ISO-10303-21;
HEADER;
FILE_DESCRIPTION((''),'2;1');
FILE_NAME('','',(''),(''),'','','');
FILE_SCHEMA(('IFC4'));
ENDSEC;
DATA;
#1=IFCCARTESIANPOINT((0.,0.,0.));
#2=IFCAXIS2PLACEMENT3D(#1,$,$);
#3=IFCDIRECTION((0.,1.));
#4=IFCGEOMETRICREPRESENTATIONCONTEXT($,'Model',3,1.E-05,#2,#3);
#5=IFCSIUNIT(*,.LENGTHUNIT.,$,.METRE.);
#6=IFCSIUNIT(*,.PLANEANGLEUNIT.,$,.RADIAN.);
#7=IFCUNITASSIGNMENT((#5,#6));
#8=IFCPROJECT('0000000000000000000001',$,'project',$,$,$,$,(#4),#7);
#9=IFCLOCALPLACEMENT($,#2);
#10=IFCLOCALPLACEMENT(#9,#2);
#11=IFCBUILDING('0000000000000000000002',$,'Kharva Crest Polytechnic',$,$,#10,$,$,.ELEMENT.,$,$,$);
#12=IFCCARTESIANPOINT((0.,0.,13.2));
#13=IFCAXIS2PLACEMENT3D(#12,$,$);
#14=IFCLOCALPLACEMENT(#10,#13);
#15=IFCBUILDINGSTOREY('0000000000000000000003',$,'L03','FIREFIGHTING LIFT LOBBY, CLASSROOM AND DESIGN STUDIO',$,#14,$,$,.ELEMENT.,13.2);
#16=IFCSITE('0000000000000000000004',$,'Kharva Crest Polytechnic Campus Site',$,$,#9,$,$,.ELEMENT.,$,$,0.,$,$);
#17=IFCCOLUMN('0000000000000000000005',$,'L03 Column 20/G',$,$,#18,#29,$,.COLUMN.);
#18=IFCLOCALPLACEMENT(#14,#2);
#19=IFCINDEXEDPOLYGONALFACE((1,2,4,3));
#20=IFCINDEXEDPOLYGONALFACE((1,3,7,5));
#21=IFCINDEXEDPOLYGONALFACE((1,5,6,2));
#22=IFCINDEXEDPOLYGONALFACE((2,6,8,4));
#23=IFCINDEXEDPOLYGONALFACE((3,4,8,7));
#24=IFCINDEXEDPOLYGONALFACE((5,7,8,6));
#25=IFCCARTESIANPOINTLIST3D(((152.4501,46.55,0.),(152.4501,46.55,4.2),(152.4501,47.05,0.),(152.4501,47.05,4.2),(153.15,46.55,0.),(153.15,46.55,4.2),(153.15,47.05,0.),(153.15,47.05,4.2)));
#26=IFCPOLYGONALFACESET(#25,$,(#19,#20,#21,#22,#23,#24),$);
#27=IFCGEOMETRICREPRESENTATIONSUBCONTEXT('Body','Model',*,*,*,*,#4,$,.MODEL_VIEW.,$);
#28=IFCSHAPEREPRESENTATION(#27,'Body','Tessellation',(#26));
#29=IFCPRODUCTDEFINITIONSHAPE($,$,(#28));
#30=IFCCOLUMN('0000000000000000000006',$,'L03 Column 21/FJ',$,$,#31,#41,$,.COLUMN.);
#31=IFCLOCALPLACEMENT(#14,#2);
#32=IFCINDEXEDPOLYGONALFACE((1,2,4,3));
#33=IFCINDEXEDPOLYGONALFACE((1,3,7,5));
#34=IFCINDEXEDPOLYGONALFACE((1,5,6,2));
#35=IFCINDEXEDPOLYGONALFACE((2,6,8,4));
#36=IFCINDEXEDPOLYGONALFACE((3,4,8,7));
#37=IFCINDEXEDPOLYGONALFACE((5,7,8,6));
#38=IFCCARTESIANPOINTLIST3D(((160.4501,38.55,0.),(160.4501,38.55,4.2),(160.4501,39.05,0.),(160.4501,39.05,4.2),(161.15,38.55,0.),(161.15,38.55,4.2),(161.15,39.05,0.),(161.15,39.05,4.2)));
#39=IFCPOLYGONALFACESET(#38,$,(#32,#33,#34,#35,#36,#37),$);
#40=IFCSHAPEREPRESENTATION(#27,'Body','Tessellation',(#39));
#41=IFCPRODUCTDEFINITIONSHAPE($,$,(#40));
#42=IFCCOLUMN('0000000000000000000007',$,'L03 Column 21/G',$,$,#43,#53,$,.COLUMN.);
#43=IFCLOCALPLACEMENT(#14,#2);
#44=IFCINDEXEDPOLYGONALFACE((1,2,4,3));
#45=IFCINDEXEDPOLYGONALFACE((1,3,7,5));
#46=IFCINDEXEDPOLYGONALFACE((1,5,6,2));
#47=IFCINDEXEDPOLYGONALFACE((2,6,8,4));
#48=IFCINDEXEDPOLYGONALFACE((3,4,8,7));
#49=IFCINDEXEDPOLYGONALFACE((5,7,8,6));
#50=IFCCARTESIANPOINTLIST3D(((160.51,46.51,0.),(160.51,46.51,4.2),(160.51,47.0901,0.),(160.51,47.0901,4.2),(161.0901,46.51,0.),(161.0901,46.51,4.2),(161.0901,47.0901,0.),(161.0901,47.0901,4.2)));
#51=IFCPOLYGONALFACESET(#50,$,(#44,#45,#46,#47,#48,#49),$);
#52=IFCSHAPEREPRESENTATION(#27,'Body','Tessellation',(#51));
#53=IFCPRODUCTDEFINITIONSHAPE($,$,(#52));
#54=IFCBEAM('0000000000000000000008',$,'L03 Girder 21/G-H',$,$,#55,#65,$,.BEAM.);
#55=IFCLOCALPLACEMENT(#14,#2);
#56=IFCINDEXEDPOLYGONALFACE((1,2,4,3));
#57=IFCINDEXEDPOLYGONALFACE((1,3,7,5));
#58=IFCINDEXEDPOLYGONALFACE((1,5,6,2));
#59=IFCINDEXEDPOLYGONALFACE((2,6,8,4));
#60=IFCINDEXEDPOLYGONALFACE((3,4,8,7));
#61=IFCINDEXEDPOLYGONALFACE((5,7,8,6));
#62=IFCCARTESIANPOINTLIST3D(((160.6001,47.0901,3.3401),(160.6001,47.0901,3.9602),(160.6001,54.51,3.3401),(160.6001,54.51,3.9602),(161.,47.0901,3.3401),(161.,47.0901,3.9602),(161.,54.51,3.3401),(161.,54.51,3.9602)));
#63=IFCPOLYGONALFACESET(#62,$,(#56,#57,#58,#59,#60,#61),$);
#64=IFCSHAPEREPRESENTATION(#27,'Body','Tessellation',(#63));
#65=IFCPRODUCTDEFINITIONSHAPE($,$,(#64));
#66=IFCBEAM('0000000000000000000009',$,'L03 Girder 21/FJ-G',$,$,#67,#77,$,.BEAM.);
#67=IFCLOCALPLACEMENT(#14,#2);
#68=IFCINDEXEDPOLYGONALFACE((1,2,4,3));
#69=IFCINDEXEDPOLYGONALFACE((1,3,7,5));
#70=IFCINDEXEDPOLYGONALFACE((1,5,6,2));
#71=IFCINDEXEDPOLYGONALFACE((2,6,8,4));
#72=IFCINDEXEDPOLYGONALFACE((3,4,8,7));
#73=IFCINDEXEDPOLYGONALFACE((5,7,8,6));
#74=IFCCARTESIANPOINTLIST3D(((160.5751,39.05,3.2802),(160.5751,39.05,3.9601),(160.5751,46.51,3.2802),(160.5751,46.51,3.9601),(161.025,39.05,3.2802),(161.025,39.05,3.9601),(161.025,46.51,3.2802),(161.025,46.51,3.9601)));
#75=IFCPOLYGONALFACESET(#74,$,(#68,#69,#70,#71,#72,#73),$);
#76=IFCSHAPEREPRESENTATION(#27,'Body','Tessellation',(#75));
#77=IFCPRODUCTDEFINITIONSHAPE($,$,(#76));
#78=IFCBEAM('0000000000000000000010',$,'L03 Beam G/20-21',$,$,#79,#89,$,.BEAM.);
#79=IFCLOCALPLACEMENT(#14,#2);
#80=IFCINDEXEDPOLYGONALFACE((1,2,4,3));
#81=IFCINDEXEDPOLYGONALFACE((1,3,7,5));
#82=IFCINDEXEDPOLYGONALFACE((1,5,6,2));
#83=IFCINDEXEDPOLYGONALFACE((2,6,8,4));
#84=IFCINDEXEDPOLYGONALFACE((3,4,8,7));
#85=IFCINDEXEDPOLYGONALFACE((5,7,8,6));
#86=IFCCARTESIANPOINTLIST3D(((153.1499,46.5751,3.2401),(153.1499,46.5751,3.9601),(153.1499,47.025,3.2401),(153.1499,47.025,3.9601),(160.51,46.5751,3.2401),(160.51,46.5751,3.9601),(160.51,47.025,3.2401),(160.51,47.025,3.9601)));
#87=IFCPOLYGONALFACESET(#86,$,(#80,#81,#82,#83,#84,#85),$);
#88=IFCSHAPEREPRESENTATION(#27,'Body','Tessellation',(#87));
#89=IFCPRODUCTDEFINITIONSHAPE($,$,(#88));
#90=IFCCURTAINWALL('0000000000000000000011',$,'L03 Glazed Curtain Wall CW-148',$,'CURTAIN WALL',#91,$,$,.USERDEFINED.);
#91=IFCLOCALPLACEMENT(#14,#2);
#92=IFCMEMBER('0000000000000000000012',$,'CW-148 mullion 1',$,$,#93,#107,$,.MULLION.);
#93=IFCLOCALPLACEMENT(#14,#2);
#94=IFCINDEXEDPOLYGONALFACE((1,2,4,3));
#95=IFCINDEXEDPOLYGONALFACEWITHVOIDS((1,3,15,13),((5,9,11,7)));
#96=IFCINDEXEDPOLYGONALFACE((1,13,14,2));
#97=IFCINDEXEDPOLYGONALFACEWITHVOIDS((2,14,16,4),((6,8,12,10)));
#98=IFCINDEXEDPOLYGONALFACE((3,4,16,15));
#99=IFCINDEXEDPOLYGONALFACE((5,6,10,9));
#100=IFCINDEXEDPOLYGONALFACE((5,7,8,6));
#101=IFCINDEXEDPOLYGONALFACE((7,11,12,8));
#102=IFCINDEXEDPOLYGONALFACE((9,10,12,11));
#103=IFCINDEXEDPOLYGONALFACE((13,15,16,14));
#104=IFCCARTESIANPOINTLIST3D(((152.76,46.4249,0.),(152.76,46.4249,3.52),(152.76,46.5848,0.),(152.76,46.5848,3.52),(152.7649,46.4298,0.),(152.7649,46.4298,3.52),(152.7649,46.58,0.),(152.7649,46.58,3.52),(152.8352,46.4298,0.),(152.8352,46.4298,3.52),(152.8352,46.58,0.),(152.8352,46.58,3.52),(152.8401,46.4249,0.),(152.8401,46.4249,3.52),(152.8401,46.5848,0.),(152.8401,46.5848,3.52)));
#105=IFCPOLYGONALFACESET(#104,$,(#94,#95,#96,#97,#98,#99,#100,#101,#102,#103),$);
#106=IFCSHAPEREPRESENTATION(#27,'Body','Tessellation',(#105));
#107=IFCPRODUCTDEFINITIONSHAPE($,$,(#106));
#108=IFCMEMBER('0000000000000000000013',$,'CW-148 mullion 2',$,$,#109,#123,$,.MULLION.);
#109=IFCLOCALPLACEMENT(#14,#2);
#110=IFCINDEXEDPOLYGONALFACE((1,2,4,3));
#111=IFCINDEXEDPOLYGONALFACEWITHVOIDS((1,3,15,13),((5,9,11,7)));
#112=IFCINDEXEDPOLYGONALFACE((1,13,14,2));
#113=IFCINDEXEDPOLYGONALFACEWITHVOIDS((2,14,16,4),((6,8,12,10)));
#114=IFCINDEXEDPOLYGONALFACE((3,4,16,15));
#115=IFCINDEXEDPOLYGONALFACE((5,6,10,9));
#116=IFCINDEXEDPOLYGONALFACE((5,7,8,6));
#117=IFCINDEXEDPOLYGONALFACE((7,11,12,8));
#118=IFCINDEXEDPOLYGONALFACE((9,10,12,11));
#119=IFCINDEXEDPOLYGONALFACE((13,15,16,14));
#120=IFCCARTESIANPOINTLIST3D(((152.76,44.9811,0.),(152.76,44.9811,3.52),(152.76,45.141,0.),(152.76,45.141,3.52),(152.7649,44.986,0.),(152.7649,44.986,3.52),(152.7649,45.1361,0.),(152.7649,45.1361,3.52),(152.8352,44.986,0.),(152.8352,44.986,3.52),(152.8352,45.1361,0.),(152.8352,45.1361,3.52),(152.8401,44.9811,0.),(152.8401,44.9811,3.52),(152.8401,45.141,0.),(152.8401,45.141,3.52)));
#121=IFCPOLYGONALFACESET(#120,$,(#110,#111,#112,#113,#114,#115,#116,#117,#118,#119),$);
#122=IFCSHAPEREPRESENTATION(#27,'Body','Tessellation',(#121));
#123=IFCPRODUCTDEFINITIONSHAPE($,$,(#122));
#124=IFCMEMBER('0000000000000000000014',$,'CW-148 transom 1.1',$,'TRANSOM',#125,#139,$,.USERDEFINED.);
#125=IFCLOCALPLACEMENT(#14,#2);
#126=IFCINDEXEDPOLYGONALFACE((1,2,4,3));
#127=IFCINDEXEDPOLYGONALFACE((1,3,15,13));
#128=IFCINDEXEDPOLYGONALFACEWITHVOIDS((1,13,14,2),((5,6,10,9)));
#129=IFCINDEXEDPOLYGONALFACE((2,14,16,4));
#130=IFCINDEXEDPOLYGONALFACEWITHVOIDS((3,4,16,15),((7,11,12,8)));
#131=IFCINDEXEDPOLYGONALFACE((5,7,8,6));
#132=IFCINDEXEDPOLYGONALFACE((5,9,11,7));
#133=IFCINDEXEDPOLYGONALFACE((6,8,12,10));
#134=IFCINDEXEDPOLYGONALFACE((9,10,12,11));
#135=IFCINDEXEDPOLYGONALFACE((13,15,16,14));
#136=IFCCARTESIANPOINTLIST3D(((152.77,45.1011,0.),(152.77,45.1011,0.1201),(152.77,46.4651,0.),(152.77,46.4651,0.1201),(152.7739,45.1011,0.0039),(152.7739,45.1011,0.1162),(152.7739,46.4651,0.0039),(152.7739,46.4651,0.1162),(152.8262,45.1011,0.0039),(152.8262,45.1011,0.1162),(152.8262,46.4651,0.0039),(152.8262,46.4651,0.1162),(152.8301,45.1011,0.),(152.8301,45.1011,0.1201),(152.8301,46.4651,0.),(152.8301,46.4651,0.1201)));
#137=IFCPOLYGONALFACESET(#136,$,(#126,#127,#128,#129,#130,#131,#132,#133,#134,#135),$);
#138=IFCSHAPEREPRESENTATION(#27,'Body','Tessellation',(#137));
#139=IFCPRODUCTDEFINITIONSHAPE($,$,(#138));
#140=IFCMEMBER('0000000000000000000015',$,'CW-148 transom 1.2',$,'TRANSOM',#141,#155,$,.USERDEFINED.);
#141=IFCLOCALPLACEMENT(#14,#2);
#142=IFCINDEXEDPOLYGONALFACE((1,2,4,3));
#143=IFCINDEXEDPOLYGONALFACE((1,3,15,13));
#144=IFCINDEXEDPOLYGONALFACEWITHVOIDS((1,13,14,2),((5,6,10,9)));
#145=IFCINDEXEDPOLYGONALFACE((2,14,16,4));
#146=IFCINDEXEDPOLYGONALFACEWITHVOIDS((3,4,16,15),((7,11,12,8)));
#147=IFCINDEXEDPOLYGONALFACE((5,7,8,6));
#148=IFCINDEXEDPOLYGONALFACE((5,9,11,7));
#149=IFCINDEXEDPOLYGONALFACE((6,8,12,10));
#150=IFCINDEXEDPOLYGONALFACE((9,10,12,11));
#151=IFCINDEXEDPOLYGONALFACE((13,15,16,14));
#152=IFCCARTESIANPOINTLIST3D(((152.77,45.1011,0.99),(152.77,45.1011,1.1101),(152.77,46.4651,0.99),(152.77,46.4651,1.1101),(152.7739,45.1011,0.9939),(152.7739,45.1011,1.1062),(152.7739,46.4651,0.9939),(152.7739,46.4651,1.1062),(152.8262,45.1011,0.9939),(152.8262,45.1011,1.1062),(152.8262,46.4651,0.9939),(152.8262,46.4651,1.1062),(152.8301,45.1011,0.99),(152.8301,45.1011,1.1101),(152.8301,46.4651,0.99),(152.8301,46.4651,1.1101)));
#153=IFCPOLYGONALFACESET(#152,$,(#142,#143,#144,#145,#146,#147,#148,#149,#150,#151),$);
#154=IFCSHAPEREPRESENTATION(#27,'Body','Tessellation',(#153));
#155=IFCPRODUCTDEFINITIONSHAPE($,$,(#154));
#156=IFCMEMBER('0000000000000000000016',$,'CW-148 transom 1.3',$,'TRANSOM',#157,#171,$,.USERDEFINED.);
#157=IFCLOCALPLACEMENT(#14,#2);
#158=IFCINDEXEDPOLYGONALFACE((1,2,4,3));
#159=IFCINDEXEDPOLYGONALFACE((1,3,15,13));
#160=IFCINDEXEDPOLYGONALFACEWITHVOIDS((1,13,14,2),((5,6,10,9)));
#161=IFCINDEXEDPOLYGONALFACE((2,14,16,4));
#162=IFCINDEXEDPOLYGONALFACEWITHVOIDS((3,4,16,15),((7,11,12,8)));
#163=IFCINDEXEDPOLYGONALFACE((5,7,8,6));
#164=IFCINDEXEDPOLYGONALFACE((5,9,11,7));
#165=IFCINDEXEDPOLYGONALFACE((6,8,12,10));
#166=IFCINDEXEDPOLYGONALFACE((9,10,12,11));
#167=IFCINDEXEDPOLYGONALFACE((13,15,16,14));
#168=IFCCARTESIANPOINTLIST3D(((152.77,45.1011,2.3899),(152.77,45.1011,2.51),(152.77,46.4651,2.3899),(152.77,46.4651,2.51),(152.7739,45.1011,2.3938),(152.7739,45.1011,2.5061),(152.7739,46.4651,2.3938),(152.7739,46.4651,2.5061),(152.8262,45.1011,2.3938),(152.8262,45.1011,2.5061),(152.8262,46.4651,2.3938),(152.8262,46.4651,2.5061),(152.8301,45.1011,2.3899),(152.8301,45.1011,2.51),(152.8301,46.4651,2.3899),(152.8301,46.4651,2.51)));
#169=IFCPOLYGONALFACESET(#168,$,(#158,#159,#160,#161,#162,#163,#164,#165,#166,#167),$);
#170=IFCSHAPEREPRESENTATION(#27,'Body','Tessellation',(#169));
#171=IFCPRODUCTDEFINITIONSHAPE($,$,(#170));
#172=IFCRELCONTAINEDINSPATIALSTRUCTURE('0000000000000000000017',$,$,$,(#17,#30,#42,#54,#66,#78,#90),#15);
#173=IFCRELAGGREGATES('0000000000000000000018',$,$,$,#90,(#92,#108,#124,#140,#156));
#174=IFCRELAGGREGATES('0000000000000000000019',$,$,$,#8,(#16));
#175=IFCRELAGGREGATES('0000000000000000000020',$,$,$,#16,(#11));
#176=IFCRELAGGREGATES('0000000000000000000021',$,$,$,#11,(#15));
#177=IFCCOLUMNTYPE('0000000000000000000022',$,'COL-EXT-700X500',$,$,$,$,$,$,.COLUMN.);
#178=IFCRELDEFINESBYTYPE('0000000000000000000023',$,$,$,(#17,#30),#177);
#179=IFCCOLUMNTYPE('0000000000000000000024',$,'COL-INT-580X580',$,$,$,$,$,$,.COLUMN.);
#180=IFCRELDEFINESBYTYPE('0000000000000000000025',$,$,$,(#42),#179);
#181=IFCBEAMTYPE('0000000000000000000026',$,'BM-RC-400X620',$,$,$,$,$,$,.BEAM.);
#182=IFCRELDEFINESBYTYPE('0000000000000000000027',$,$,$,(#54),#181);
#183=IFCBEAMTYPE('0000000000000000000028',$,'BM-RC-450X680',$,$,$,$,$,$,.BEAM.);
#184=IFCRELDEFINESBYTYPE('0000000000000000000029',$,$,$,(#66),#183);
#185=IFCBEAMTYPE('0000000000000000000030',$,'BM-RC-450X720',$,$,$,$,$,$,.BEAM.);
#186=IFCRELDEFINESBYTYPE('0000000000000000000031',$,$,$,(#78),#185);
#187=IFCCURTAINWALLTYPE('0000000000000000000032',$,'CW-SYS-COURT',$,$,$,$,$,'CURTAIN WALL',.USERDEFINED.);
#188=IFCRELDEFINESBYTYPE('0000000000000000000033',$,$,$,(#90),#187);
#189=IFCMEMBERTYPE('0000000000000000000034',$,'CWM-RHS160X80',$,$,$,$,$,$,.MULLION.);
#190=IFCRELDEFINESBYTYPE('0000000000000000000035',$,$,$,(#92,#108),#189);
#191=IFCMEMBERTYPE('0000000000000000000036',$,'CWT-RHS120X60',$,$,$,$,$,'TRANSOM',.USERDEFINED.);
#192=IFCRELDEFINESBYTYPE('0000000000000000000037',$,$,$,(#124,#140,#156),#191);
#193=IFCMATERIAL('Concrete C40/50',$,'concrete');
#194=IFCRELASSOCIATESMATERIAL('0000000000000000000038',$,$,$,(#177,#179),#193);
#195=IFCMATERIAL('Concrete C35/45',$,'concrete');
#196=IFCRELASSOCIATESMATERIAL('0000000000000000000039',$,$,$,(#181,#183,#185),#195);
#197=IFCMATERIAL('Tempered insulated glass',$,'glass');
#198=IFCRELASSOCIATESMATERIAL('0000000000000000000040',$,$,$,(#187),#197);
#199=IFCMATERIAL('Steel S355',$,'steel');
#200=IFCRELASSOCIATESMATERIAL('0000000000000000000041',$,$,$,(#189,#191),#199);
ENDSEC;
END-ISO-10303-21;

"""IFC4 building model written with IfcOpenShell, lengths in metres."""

from ifc_helpers import new_model, si_unit, direction, frame, origin, origin_2d, place, context, subcontext, project, spatial, rectangle, hollow_rectangle, extrude, material, material_profile, profile_set, type_object, element, aggregate, save


model = new_model("IFC4")

# Units and contexts
model_context = context("Model", 3, precision=1e-05, world=origin(), true_north=direction((0.0, 1.0)))
body_context = subcontext(model_context, "Body", "Model", "MODEL_VIEW")
ifc_project = project(units=[si_unit("LENGTHUNIT", "METRE"), si_unit("PLANEANGLEUNIT", "RADIAN")], contexts=[model_context])

# Site, building, storey
site_placement = place(None, origin())
site = spatial("IfcSite", under=ifc_project, at=site_placement, Name="Kharva Crest Polytechnic Campus Site", CompositionType="ELEMENT", RefElevation=0.0)
building_placement = place(site_placement, origin())
building = spatial("IfcBuilding", under=site, at=building_placement, Name="Kharva Crest Polytechnic", CompositionType="ELEMENT")
storey_placement = place(building_placement, frame((0.0, 0.0, 13.2)))
storey = spatial("IfcBuildingStorey", under=building, at=storey_placement, Name="L03", Description="FIREFIGHTING LIFT LOBBY, CLASSROOM AND DESIGN STUDIO", CompositionType="ELEMENT", Elevation=13.2)

# Columns
ifc_material_1 = material(Name="Concrete C40/50", Category="concrete")
ifc_material_profile_1 = material_profile(ifc_material_1, rectangle(XDim=0.7, YDim=0.5, at=origin_2d()), Name="RECT 700 X 500")
ifc_profile_set_1 = profile_set([ifc_material_profile_1], Name="Concrete C40/50")
column_type_1 = type_object("IfcColumnType", Name="COL-EXT-700X500", PredefinedType="COLUMN", material=ifc_profile_set_1)
for number, where, z_axis, x_axis, name in (
    (1, (152.8, 46.8, 0.0), (0.0, 0.0, 1.0), (1.0, 0.0, 0.0), "L03 Column 20/G"),
    (2, (160.8, 38.8, 0.0), (0.0, 0.0, 1.0), (1.0, 0.0, 0.0), "L03 Column 21/FJ"),
):
    element("IfcColumn", number, at=place(storey_placement, frame(where, z_axis=z_axis, x_axis=x_axis)), inside=storey, type_object=column_type_1, Name=name, PredefinedType="COLUMN", context=body_context, shape_type="SweptSolid", body=[
        extrude(rectangle(XDim=0.7, YDim=0.5, at=origin_2d()), origin(), (0.0, 0.0, 1.0), 4.2),
    ])
ifc_material_profile_2 = material_profile(ifc_material_1, rectangle(XDim=0.5801, YDim=0.5801, at=origin_2d()), Name="RECT 580 X 580")
ifc_profile_set_2 = profile_set([ifc_material_profile_2], Name="Concrete C40/50")
column_type_2 = type_object("IfcColumnType", Name="COL-INT-580X580", PredefinedType="COLUMN", material=ifc_profile_set_2)
column_placement = place(storey_placement, frame((160.8, 46.8, 0.0), z_axis=(0.0, 0.0, 1.0), x_axis=(1.0, 0.0, 0.0)))
element("IfcColumn", 3, at=column_placement, inside=storey, type_object=column_type_2, Name="L03 Column 21/G", PredefinedType="COLUMN", context=body_context, shape_type="SweptSolid", body=[
    extrude(rectangle(XDim=0.5801, YDim=0.5801, at=origin_2d()), origin(), (0.0, 0.0, 1.0), 4.2),
])

# Beams
ifc_material_2 = material(Name="Concrete C35/45", Category="concrete")
ifc_material_profile_3 = material_profile(ifc_material_2, rectangle(XDim=0.3999, YDim=0.6201, at=origin_2d()), Name="RECT 400 X 620")
ifc_profile_set_3 = profile_set([ifc_material_profile_3], Name="Concrete C35/45")
beam_type_1 = type_object("IfcBeamType", Name="BM-RC-400X620", PredefinedType="BEAM", material=ifc_profile_set_3)
beam_1_placement = place(storey_placement, frame((160.8, 47.0901, 3.6501), z_axis=(0.0, 1.0, 0.0), x_axis=(-1.0, 0.0, 0.0)))
element("IfcBeam", 4, at=beam_1_placement, inside=storey, type_object=beam_type_1, Name="L03 Girder 21/G-H", PredefinedType="BEAM", context=body_context, shape_type="SweptSolid", body=[
    extrude(rectangle(XDim=0.3999, YDim=0.6201, at=origin_2d()), origin(), (0.0, 0.0, 1.0), 7.4199),
])
ifc_material_profile_4 = material_profile(ifc_material_2, rectangle(XDim=0.45, YDim=0.6799, at=origin_2d()), Name="RECT 450 X 680")
ifc_profile_set_4 = profile_set([ifc_material_profile_4], Name="Concrete C35/45")
beam_type_2 = type_object("IfcBeamType", Name="BM-RC-450X680", PredefinedType="BEAM", material=ifc_profile_set_4)
beam_2_placement = place(storey_placement, frame((160.8, 39.05, 3.6201), z_axis=(0.0, 1.0, 0.0), x_axis=(-1.0, 0.0, 0.0)))
element("IfcBeam", 5, at=beam_2_placement, inside=storey, type_object=beam_type_2, Name="L03 Girder 21/FJ-G", PredefinedType="BEAM", context=body_context, shape_type="SweptSolid", body=[
    extrude(rectangle(XDim=0.45, YDim=0.6799, at=origin_2d()), origin(), (0.0, 0.0, 1.0), 7.46),
])
ifc_material_profile_5 = material_profile(ifc_material_2, rectangle(XDim=0.45, YDim=0.72, at=origin_2d()), Name="RECT 450 X 720")
ifc_profile_set_5 = profile_set([ifc_material_profile_5], Name="Concrete C35/45")
beam_type_3 = type_object("IfcBeamType", Name="BM-RC-450X720", PredefinedType="BEAM", material=ifc_profile_set_5)
beam_3_placement = place(storey_placement, frame((153.1499, 46.8, 3.6001), z_axis=(1.0, 0.0, 0.0), x_axis=(0.0, 1.0, 0.0)))
element("IfcBeam", 6, at=beam_3_placement, inside=storey, type_object=beam_type_3, Name="L03 Beam G/20-21", PredefinedType="BEAM", context=body_context, shape_type="SweptSolid", body=[
    extrude(rectangle(XDim=0.45, YDim=0.72, at=origin_2d()), origin(), (0.0, 0.0, 1.0), 7.3601),
])

# Curtain wall, members
ifc_material_3 = material(Name="Tempered insulated glass", Category="glass")
curtain_wall_type = type_object("IfcCurtainWallType", Name="CW-SYS-COURT", ElementType="CURTAIN WALL", PredefinedType="USERDEFINED", material=ifc_material_3)
curtain_wall_placement = place(storey_placement, origin())
curtain_wall = element("IfcCurtainWall", 7, at=curtain_wall_placement, inside=storey, type_object=curtain_wall_type, Name="L03 Glazed Curtain Wall CW-148", ObjectType="CURTAIN WALL", PredefinedType="USERDEFINED")
ifc_material_4 = material(Name="Steel S355", Category="steel")
ifc_material_profile_6 = material_profile(ifc_material_4, hollow_rectangle(XDim=0.0801, YDim=0.1599, WallThickness=0.0049, at=origin_2d()), Name="RHS 160X80X5.0")
ifc_profile_set_6 = profile_set([ifc_material_profile_6], Name="Steel S355")
member_type_1 = type_object("IfcMemberType", Name="CWM-RHS160X80", PredefinedType="MULLION", material=ifc_profile_set_6)
member_1_placement = place(storey_placement, frame((152.8, 46.5049, 0.0), z_axis=(0.0, 0.0, 1.0), x_axis=(1.0, 0.0, 0.0)))
member_1 = element("IfcMember", 8, at=member_1_placement, type_object=member_type_1, Name="CW-148 mullion 1", PredefinedType="MULLION", context=body_context, shape_type="SweptSolid", body=[
    extrude(hollow_rectangle(XDim=0.0801, YDim=0.1599, WallThickness=0.0049, at=origin_2d()), origin(), (0.0, 0.0, 1.0), 3.52),
])
member_2_placement = place(storey_placement, frame((152.8, 45.061, 0.0), z_axis=(0.0, 0.0, 1.0), x_axis=(1.0, 0.0, 0.0)))
member_2 = element("IfcMember", 9, at=member_2_placement, type_object=member_type_1, Name="CW-148 mullion 2", PredefinedType="MULLION", context=body_context, shape_type="SweptSolid", body=[
    extrude(hollow_rectangle(XDim=0.0801, YDim=0.1599, WallThickness=0.0049, at=origin_2d()), origin(), (0.0, 0.0, 1.0), 3.52),
])
ifc_material_profile_7 = material_profile(ifc_material_4, hollow_rectangle(XDim=0.0601, YDim=0.1201, WallThickness=0.0039, at=origin_2d()), Name="RHS 120X60X4.0")
ifc_profile_set_7 = profile_set([ifc_material_profile_7], Name="Steel S355")
member_type_2 = type_object("IfcMemberType", Name="CWT-RHS120X60", ElementType="TRANSOM", PredefinedType="USERDEFINED", material=ifc_profile_set_7)
member_3_placement = place(storey_placement, frame((152.8, 46.4651, 0.0601), z_axis=(0.0, -1.0, 0.0), x_axis=(1.0, 0.0, 0.0)))
member_3 = element("IfcMember", 10, at=member_3_placement, type_object=member_type_2, Name="CW-148 transom 1.1", ObjectType="TRANSOM", PredefinedType="USERDEFINED", context=body_context, shape_type="SweptSolid", body=[
    extrude(hollow_rectangle(XDim=0.0601, YDim=0.1201, WallThickness=0.0039, at=origin_2d()), origin(), (0.0, 0.0, 1.0), 1.364),
])
member_4_placement = place(storey_placement, frame((152.8, 46.4651, 1.05), z_axis=(0.0, -1.0, 0.0), x_axis=(1.0, 0.0, 0.0)))
member_4 = element("IfcMember", 11, at=member_4_placement, type_object=member_type_2, Name="CW-148 transom 1.2", ObjectType="TRANSOM", PredefinedType="USERDEFINED", context=body_context, shape_type="SweptSolid", body=[
    extrude(hollow_rectangle(XDim=0.0601, YDim=0.1201, WallThickness=0.0039, at=origin_2d()), origin(), (0.0, 0.0, 1.0), 1.364),
])
member_5_placement = place(storey_placement, frame((152.8, 46.4651, 2.45), z_axis=(0.0, -1.0, 0.0), x_axis=(1.0, 0.0, 0.0)))
member_5 = element("IfcMember", 12, at=member_5_placement, type_object=member_type_2, Name="CW-148 transom 1.3", ObjectType="TRANSOM", PredefinedType="USERDEFINED", context=body_context, shape_type="SweptSolid", body=[
    extrude(hollow_rectangle(XDim=0.0601, YDim=0.1201, WallThickness=0.0039, at=origin_2d()), origin(), (0.0, 0.0, 1.0), 1.364),
])

aggregate(curtain_wall, [member_1, member_2, member_3, member_4, member_5])

save(model, "model.ifc")
